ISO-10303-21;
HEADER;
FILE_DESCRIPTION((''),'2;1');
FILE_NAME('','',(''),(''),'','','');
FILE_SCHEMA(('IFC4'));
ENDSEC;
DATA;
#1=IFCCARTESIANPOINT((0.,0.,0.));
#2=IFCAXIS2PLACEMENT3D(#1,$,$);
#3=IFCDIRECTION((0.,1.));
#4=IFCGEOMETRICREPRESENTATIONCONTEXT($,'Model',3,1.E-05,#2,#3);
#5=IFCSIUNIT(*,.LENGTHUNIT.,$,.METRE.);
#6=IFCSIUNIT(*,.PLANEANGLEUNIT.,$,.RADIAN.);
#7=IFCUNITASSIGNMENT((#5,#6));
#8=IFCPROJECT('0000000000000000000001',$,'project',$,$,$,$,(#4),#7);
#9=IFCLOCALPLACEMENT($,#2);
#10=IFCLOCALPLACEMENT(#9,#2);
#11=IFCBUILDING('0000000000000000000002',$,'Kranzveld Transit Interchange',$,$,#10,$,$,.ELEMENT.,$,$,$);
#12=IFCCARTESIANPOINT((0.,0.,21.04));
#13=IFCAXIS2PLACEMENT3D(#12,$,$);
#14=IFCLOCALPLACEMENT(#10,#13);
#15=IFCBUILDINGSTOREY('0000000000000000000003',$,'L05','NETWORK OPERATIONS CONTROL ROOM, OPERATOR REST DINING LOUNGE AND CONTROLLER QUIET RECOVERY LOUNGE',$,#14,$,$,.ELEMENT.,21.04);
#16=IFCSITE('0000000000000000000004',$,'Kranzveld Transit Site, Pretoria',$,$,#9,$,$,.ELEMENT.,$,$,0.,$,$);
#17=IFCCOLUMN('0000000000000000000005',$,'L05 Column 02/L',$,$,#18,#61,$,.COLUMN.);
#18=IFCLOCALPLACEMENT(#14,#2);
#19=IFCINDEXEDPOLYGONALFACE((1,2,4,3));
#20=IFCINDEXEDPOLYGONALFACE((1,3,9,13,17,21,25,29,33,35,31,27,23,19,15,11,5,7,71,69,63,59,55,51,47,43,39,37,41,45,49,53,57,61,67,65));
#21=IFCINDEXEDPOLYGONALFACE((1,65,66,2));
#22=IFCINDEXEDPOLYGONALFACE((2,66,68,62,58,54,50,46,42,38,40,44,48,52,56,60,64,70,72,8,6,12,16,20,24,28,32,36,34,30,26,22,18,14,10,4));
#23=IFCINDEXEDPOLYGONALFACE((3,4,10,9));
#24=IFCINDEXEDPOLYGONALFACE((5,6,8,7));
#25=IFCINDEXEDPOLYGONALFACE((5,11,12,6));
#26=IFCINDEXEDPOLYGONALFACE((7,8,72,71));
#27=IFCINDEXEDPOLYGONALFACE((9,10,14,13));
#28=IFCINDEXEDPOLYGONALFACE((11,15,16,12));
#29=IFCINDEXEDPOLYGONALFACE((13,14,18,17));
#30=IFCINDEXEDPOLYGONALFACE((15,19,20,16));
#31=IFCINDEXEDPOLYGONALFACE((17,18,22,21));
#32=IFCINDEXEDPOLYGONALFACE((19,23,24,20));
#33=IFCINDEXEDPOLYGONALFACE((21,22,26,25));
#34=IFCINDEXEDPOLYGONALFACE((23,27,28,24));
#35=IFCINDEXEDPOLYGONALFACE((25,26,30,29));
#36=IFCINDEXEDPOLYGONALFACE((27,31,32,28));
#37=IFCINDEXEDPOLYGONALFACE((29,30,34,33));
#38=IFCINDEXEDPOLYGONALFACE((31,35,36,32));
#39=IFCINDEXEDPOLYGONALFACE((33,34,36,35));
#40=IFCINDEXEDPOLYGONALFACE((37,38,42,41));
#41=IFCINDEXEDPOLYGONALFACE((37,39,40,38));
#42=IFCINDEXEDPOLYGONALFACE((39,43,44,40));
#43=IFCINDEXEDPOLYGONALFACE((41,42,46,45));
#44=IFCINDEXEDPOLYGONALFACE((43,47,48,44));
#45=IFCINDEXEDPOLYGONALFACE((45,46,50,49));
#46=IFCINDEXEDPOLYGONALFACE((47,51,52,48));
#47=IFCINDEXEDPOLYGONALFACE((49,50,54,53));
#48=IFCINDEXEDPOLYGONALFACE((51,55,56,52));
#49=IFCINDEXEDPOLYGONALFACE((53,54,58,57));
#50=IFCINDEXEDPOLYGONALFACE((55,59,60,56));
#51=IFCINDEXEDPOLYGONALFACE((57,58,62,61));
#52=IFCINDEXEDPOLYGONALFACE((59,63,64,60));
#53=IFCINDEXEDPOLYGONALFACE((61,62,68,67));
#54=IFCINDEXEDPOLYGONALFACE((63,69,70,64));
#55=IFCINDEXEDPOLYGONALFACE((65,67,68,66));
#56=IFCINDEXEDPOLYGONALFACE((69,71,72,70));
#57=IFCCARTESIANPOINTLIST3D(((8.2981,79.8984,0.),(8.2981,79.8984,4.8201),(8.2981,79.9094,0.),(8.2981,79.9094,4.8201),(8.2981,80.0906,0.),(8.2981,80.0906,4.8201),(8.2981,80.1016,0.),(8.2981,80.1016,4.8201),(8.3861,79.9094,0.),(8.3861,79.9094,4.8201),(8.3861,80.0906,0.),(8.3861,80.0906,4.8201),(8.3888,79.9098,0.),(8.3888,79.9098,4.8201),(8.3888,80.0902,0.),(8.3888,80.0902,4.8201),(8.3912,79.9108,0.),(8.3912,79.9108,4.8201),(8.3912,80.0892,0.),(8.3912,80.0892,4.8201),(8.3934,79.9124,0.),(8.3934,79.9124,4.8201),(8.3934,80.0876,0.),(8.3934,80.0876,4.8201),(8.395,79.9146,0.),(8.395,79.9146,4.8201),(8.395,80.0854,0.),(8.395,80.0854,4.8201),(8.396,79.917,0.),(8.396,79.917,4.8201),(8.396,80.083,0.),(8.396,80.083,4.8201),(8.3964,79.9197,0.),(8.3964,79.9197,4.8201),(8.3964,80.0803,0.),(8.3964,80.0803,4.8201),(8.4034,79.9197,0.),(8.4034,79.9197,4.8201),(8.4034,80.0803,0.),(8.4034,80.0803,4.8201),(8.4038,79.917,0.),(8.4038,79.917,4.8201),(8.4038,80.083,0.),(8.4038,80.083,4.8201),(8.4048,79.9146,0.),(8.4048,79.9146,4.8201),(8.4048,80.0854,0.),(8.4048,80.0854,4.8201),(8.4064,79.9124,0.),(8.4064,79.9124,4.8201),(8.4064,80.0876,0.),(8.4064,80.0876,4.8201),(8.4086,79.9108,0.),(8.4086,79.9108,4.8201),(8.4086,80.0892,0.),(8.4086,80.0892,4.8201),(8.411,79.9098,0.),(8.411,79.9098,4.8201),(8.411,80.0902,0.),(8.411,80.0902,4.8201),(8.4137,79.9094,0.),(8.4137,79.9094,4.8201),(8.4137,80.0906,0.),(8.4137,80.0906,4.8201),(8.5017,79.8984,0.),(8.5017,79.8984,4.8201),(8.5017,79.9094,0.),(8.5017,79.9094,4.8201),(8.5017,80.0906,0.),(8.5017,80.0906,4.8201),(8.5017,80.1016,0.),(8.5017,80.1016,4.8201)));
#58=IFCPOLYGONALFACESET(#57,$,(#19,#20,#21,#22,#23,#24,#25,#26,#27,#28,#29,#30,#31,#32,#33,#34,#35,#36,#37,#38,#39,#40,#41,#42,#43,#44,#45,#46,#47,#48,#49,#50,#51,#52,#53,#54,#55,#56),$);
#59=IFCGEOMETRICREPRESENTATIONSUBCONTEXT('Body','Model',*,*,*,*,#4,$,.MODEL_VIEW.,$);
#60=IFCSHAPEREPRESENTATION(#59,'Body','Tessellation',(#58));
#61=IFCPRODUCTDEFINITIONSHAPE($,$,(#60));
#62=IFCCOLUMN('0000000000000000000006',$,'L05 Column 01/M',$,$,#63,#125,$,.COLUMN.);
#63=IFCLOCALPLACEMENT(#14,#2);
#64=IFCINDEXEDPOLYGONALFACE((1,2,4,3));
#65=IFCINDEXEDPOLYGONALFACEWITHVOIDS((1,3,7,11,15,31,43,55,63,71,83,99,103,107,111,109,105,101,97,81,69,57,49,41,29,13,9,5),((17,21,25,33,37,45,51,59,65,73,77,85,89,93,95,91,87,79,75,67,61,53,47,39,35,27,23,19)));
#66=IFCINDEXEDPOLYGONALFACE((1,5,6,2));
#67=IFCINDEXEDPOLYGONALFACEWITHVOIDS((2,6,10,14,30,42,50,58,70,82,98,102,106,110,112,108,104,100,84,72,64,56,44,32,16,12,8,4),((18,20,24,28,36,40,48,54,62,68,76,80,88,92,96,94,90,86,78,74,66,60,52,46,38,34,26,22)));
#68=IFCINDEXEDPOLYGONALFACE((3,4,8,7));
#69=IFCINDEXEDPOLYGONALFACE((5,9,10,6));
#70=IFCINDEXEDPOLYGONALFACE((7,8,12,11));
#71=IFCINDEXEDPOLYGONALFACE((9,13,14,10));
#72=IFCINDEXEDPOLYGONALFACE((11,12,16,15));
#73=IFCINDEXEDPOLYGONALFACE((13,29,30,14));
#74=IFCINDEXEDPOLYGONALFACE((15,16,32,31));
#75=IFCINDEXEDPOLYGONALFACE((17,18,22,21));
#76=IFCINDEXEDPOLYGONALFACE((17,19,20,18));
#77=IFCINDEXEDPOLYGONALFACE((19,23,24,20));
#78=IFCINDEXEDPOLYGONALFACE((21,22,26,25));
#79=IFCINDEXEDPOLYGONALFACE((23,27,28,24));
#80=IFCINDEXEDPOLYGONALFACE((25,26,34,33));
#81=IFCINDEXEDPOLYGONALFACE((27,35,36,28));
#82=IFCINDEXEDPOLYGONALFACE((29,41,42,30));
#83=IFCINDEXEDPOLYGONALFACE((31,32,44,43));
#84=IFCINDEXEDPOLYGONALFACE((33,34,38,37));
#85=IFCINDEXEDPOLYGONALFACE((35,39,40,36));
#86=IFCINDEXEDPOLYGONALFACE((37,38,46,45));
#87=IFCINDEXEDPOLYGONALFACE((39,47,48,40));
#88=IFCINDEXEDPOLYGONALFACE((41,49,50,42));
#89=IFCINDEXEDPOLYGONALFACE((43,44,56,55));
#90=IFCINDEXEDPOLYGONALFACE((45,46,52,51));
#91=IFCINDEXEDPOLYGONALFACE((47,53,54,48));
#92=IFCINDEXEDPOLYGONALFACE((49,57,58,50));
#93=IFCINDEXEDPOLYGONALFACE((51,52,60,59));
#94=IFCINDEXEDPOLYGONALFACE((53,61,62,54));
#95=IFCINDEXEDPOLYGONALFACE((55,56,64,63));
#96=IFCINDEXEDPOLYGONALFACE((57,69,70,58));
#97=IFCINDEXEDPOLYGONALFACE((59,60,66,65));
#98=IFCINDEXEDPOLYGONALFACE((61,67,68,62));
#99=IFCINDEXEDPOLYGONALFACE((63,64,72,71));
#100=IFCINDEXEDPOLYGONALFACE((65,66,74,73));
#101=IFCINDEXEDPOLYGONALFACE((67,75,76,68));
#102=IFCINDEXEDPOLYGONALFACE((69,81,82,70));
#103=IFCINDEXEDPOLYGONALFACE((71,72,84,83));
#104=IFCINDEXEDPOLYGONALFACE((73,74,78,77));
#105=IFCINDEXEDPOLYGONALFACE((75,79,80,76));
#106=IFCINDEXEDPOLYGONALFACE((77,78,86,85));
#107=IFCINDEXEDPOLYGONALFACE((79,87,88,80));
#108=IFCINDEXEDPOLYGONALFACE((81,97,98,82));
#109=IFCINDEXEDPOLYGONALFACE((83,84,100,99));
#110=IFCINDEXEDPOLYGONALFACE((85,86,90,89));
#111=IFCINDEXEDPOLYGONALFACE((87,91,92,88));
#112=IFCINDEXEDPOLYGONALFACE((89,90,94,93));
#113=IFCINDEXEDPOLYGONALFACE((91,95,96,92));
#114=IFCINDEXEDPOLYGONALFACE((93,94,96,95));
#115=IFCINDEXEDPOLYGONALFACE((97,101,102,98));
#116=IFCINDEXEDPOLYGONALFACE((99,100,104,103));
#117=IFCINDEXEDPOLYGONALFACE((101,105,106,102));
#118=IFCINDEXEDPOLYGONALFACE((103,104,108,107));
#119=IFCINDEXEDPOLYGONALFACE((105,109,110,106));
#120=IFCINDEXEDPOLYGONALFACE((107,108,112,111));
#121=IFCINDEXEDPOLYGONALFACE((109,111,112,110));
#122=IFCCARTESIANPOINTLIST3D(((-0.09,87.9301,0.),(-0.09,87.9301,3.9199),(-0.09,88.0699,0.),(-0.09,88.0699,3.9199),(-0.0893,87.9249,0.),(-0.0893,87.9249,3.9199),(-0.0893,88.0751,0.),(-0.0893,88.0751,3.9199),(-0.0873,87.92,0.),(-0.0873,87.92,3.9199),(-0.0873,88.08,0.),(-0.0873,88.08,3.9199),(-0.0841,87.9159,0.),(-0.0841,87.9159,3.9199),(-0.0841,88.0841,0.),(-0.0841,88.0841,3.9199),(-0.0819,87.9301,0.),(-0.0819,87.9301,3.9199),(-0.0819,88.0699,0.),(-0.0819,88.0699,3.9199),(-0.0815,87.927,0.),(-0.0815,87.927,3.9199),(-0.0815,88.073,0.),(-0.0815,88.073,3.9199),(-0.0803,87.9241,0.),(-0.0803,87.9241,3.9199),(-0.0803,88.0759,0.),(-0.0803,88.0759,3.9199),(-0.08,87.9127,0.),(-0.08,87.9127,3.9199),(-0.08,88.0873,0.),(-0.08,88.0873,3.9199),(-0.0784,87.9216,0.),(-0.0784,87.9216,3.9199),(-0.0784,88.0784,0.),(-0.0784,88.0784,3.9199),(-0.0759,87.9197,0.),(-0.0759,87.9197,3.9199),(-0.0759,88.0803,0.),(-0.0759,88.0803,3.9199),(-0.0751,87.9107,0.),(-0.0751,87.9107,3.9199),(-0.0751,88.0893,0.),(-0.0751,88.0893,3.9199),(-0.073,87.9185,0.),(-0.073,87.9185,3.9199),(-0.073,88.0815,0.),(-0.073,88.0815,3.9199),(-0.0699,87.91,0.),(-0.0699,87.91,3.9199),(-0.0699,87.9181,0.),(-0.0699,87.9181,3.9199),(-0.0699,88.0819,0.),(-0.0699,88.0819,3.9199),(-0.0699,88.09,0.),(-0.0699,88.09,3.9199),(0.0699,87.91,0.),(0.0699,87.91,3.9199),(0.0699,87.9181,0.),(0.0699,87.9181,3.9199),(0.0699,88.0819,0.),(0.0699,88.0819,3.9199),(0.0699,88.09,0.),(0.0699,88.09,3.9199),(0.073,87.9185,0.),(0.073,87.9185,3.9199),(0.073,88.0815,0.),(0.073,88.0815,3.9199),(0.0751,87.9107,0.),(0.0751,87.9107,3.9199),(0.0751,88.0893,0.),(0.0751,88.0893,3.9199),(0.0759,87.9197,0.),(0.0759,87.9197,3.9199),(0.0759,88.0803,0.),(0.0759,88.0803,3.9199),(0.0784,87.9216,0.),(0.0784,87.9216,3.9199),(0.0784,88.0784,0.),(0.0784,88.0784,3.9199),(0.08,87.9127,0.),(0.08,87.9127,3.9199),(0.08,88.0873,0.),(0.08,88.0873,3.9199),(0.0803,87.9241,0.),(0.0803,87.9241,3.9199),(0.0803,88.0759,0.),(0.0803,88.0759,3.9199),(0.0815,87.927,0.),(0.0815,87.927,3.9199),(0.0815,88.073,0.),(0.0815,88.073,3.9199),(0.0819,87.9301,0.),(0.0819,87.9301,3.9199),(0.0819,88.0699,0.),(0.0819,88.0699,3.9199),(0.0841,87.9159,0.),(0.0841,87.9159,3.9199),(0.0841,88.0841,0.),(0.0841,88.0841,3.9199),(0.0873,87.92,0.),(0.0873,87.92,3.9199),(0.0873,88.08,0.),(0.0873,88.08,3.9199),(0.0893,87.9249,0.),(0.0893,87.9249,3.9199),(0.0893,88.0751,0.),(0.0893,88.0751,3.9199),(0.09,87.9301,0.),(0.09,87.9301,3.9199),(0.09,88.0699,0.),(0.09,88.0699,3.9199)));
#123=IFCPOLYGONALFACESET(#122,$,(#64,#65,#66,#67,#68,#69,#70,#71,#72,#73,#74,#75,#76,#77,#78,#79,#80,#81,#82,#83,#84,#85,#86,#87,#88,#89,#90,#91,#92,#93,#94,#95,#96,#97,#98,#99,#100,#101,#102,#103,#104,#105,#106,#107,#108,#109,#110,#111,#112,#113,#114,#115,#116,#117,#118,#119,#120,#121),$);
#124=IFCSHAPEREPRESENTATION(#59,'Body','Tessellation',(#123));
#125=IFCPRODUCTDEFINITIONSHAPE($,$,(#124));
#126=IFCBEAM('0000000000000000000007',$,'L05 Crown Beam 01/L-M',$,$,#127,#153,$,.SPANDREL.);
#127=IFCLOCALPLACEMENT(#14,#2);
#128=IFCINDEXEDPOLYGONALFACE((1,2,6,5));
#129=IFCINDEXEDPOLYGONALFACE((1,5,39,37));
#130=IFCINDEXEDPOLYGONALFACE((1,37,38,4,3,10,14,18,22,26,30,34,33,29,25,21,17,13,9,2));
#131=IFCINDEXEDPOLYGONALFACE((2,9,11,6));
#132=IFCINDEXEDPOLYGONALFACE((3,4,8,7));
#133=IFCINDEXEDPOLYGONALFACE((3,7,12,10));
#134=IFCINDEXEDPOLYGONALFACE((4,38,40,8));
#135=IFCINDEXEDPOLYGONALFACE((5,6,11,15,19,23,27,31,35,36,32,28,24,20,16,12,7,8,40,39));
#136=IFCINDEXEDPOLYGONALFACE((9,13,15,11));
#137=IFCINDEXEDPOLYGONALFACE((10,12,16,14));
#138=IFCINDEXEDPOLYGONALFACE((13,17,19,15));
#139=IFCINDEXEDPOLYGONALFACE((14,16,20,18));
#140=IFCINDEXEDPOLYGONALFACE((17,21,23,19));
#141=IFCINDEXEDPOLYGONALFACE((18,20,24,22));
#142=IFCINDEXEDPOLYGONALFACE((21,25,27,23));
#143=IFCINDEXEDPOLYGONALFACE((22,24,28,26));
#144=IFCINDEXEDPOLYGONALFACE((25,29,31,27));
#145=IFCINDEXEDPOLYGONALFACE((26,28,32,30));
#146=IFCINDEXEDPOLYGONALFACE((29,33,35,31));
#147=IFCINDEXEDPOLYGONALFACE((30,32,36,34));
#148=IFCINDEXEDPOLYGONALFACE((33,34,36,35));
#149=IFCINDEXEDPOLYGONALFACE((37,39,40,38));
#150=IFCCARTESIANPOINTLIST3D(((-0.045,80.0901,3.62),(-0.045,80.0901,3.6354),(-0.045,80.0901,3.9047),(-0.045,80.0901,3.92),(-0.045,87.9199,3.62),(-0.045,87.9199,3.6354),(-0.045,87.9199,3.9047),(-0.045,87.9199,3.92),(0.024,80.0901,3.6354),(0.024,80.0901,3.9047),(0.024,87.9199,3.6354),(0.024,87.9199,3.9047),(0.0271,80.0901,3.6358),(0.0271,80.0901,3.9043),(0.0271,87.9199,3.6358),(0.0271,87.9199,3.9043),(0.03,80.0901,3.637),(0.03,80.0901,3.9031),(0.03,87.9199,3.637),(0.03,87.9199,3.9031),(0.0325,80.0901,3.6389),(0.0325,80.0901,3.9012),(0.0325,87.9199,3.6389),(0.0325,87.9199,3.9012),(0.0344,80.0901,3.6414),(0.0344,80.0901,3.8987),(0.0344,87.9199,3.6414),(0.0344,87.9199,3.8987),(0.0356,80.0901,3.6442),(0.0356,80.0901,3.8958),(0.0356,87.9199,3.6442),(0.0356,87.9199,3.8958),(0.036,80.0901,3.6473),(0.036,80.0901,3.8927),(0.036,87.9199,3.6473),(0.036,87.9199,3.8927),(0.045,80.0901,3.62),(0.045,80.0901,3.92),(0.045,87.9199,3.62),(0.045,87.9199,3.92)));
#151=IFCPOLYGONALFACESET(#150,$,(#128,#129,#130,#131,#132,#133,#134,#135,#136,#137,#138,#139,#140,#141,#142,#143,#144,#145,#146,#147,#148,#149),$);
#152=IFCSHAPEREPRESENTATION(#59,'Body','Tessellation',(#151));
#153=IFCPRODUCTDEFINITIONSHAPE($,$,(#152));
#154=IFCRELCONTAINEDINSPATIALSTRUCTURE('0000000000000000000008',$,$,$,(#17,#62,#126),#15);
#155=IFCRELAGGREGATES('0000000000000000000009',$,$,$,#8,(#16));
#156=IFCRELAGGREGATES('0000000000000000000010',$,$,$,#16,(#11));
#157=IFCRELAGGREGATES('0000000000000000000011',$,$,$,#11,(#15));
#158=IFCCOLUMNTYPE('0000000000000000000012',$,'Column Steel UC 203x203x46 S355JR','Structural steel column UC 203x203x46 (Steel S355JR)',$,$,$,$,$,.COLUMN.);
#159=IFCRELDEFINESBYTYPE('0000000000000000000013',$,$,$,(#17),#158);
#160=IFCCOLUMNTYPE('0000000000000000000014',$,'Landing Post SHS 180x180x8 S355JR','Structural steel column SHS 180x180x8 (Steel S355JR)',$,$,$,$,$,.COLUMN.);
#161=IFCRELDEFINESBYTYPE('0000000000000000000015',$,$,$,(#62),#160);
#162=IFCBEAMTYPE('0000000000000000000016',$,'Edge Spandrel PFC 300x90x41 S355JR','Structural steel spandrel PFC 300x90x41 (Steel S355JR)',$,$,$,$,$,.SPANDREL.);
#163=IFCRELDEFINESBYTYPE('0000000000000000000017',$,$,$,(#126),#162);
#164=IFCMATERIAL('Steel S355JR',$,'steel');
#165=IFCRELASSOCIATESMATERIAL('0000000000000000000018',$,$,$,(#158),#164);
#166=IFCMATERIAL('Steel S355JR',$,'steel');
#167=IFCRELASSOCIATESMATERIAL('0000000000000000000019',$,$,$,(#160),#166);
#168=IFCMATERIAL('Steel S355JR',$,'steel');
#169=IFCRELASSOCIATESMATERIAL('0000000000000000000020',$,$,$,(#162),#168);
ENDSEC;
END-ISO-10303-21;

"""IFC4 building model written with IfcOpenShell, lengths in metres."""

from ifc_helpers import new_model, si_unit, direction, frame, origin, origin_2d, place, context, subcontext, project, spatial, hollow_rectangle, i_section, u_section, extrude, material, material_profile, profile_set, type_object, element, save


model = new_model("IFC4")

# Units and contexts
model_context = context("Model", 3, precision=1e-05, world=origin(), true_north=direction((0.0, 1.0)))
body_context = subcontext(model_context, "Body", "Model", "MODEL_VIEW")
ifc_project = project(units=[si_unit("LENGTHUNIT", "METRE"), si_unit("PLANEANGLEUNIT", "RADIAN")], contexts=[model_context])

# Site, building, storey
site_placement = place(None, origin())
site = spatial("IfcSite", under=ifc_project, at=site_placement, Name="Kranzveld Transit Site, Pretoria", CompositionType="ELEMENT", RefElevation=0.0)
building_placement = place(site_placement, origin())
building = spatial("IfcBuilding", under=site, at=building_placement, Name="Kranzveld Transit Interchange", CompositionType="ELEMENT")
storey_placement = place(building_placement, frame((0.0, 0.0, 21.04)))
storey = spatial("IfcBuildingStorey", under=building, at=storey_placement, Name="L05", Description="NETWORK OPERATIONS CONTROL ROOM, OPERATOR REST DINING LOUNGE AND CONTROLLER QUIET RECOVERY LOUNGE", CompositionType="ELEMENT", Elevation=21.04)

# Columns
ifc_material_1 = material(Name="Steel S355JR", Category="steel")
ifc_material_profile_1 = material_profile(ifc_material_1, i_section(OverallWidth=0.2036, OverallDepth=0.2031, WebThickness=0.0071, FlangeThickness=0.011, FilletRadius=0.0103, at=origin_2d()), Name="UC 203x203x46")
ifc_profile_set_1 = profile_set([ifc_material_profile_1], Name="Steel S355JR")
column_type_1 = type_object("IfcColumnType", Name="Column Steel UC 203x203x46 S355JR", Description="Structural steel column UC 203x203x46 (Steel S355JR)", PredefinedType="COLUMN", material=ifc_profile_set_1)
column_1_placement = place(storey_placement, frame((8.3999, 80.0, 0.0), z_axis=(0.0, 0.0, 1.0), x_axis=(1.0, 0.0, 0.0)))
element("IfcColumn", 1, at=column_1_placement, inside=storey, type_object=column_type_1, Name="L05 Column 02/L", PredefinedType="COLUMN", context=body_context, shape_type="SweptSolid", body=[
    extrude(i_section(OverallWidth=0.2036, OverallDepth=0.2031, WebThickness=0.0071, FlangeThickness=0.011, FilletRadius=0.0103, at=origin_2d()), origin(), (0.0, 0.0, 1.0), 4.8201),
])
ifc_material_2 = material(Name="Steel S355JR", Category="steel")
ifc_material_profile_2 = material_profile(ifc_material_2, hollow_rectangle(XDim=0.1799, YDim=0.1799, WallThickness=0.0081, InnerFilletRadius=0.012, OuterFilletRadius=0.02, at=origin_2d()), Name="SHS 180x180x8")
ifc_profile_set_2 = profile_set([ifc_material_profile_2], Name="Steel S355JR")
column_type_2 = type_object("IfcColumnType", Name="Landing Post SHS 180x180x8 S355JR", Description="Structural steel column SHS 180x180x8 (Steel S355JR)", PredefinedType="COLUMN", material=ifc_profile_set_2)
column_2_placement = place(storey_placement, frame((0.0, 88.0, 0.0), z_axis=(0.0, 0.0, 1.0), x_axis=(1.0, 0.0, 0.0)))
element("IfcColumn", 2, at=column_2_placement, inside=storey, type_object=column_type_2, Name="L05 Column 01/M", PredefinedType="COLUMN", context=body_context, shape_type="SweptSolid", body=[
    extrude(hollow_rectangle(XDim=0.1799, YDim=0.1799, WallThickness=0.0081, InnerFilletRadius=0.012, OuterFilletRadius=0.02, at=origin_2d()), origin(), (0.0, 0.0, 1.0), 3.9199),
])

# Beam
ifc_material_3 = material(Name="Steel S355JR", Category="steel")
ifc_material_profile_3 = material_profile(ifc_material_3, u_section(Depth=0.3, FlangeWidth=0.0901, WebThickness=0.009, FlangeThickness=0.0154, FilletRadius=0.012, at=origin_2d()), Name="PFC 300x90x41")
ifc_profile_set_3 = profile_set([ifc_material_profile_3], Name="Steel S355JR")
beam_type_1 = type_object("IfcBeamType", Name="Edge Spandrel PFC 300x90x41 S355JR", Description="Structural steel spandrel PFC 300x90x41 (Steel S355JR)", PredefinedType="SPANDREL", material=ifc_profile_set_3)
beam_placement = place(storey_placement, frame((0.0, 80.0901, 3.77), z_axis=(0.0, 1.0, 0.0), x_axis=(-1.0, 0.0, 0.0)))
element("IfcBeam", 3, at=beam_placement, inside=storey, type_object=beam_type_1, Name="L05 Crown Beam 01/L-M", PredefinedType="SPANDREL", context=body_context, shape_type="SweptSolid", body=[
    extrude(u_section(Depth=0.3, FlangeWidth=0.0901, WebThickness=0.009, FlangeThickness=0.0154, FilletRadius=0.012, at=origin_2d()), origin(), (0.0, 0.0, 1.0), 7.8298),
])

save(model, "model.ifc")
